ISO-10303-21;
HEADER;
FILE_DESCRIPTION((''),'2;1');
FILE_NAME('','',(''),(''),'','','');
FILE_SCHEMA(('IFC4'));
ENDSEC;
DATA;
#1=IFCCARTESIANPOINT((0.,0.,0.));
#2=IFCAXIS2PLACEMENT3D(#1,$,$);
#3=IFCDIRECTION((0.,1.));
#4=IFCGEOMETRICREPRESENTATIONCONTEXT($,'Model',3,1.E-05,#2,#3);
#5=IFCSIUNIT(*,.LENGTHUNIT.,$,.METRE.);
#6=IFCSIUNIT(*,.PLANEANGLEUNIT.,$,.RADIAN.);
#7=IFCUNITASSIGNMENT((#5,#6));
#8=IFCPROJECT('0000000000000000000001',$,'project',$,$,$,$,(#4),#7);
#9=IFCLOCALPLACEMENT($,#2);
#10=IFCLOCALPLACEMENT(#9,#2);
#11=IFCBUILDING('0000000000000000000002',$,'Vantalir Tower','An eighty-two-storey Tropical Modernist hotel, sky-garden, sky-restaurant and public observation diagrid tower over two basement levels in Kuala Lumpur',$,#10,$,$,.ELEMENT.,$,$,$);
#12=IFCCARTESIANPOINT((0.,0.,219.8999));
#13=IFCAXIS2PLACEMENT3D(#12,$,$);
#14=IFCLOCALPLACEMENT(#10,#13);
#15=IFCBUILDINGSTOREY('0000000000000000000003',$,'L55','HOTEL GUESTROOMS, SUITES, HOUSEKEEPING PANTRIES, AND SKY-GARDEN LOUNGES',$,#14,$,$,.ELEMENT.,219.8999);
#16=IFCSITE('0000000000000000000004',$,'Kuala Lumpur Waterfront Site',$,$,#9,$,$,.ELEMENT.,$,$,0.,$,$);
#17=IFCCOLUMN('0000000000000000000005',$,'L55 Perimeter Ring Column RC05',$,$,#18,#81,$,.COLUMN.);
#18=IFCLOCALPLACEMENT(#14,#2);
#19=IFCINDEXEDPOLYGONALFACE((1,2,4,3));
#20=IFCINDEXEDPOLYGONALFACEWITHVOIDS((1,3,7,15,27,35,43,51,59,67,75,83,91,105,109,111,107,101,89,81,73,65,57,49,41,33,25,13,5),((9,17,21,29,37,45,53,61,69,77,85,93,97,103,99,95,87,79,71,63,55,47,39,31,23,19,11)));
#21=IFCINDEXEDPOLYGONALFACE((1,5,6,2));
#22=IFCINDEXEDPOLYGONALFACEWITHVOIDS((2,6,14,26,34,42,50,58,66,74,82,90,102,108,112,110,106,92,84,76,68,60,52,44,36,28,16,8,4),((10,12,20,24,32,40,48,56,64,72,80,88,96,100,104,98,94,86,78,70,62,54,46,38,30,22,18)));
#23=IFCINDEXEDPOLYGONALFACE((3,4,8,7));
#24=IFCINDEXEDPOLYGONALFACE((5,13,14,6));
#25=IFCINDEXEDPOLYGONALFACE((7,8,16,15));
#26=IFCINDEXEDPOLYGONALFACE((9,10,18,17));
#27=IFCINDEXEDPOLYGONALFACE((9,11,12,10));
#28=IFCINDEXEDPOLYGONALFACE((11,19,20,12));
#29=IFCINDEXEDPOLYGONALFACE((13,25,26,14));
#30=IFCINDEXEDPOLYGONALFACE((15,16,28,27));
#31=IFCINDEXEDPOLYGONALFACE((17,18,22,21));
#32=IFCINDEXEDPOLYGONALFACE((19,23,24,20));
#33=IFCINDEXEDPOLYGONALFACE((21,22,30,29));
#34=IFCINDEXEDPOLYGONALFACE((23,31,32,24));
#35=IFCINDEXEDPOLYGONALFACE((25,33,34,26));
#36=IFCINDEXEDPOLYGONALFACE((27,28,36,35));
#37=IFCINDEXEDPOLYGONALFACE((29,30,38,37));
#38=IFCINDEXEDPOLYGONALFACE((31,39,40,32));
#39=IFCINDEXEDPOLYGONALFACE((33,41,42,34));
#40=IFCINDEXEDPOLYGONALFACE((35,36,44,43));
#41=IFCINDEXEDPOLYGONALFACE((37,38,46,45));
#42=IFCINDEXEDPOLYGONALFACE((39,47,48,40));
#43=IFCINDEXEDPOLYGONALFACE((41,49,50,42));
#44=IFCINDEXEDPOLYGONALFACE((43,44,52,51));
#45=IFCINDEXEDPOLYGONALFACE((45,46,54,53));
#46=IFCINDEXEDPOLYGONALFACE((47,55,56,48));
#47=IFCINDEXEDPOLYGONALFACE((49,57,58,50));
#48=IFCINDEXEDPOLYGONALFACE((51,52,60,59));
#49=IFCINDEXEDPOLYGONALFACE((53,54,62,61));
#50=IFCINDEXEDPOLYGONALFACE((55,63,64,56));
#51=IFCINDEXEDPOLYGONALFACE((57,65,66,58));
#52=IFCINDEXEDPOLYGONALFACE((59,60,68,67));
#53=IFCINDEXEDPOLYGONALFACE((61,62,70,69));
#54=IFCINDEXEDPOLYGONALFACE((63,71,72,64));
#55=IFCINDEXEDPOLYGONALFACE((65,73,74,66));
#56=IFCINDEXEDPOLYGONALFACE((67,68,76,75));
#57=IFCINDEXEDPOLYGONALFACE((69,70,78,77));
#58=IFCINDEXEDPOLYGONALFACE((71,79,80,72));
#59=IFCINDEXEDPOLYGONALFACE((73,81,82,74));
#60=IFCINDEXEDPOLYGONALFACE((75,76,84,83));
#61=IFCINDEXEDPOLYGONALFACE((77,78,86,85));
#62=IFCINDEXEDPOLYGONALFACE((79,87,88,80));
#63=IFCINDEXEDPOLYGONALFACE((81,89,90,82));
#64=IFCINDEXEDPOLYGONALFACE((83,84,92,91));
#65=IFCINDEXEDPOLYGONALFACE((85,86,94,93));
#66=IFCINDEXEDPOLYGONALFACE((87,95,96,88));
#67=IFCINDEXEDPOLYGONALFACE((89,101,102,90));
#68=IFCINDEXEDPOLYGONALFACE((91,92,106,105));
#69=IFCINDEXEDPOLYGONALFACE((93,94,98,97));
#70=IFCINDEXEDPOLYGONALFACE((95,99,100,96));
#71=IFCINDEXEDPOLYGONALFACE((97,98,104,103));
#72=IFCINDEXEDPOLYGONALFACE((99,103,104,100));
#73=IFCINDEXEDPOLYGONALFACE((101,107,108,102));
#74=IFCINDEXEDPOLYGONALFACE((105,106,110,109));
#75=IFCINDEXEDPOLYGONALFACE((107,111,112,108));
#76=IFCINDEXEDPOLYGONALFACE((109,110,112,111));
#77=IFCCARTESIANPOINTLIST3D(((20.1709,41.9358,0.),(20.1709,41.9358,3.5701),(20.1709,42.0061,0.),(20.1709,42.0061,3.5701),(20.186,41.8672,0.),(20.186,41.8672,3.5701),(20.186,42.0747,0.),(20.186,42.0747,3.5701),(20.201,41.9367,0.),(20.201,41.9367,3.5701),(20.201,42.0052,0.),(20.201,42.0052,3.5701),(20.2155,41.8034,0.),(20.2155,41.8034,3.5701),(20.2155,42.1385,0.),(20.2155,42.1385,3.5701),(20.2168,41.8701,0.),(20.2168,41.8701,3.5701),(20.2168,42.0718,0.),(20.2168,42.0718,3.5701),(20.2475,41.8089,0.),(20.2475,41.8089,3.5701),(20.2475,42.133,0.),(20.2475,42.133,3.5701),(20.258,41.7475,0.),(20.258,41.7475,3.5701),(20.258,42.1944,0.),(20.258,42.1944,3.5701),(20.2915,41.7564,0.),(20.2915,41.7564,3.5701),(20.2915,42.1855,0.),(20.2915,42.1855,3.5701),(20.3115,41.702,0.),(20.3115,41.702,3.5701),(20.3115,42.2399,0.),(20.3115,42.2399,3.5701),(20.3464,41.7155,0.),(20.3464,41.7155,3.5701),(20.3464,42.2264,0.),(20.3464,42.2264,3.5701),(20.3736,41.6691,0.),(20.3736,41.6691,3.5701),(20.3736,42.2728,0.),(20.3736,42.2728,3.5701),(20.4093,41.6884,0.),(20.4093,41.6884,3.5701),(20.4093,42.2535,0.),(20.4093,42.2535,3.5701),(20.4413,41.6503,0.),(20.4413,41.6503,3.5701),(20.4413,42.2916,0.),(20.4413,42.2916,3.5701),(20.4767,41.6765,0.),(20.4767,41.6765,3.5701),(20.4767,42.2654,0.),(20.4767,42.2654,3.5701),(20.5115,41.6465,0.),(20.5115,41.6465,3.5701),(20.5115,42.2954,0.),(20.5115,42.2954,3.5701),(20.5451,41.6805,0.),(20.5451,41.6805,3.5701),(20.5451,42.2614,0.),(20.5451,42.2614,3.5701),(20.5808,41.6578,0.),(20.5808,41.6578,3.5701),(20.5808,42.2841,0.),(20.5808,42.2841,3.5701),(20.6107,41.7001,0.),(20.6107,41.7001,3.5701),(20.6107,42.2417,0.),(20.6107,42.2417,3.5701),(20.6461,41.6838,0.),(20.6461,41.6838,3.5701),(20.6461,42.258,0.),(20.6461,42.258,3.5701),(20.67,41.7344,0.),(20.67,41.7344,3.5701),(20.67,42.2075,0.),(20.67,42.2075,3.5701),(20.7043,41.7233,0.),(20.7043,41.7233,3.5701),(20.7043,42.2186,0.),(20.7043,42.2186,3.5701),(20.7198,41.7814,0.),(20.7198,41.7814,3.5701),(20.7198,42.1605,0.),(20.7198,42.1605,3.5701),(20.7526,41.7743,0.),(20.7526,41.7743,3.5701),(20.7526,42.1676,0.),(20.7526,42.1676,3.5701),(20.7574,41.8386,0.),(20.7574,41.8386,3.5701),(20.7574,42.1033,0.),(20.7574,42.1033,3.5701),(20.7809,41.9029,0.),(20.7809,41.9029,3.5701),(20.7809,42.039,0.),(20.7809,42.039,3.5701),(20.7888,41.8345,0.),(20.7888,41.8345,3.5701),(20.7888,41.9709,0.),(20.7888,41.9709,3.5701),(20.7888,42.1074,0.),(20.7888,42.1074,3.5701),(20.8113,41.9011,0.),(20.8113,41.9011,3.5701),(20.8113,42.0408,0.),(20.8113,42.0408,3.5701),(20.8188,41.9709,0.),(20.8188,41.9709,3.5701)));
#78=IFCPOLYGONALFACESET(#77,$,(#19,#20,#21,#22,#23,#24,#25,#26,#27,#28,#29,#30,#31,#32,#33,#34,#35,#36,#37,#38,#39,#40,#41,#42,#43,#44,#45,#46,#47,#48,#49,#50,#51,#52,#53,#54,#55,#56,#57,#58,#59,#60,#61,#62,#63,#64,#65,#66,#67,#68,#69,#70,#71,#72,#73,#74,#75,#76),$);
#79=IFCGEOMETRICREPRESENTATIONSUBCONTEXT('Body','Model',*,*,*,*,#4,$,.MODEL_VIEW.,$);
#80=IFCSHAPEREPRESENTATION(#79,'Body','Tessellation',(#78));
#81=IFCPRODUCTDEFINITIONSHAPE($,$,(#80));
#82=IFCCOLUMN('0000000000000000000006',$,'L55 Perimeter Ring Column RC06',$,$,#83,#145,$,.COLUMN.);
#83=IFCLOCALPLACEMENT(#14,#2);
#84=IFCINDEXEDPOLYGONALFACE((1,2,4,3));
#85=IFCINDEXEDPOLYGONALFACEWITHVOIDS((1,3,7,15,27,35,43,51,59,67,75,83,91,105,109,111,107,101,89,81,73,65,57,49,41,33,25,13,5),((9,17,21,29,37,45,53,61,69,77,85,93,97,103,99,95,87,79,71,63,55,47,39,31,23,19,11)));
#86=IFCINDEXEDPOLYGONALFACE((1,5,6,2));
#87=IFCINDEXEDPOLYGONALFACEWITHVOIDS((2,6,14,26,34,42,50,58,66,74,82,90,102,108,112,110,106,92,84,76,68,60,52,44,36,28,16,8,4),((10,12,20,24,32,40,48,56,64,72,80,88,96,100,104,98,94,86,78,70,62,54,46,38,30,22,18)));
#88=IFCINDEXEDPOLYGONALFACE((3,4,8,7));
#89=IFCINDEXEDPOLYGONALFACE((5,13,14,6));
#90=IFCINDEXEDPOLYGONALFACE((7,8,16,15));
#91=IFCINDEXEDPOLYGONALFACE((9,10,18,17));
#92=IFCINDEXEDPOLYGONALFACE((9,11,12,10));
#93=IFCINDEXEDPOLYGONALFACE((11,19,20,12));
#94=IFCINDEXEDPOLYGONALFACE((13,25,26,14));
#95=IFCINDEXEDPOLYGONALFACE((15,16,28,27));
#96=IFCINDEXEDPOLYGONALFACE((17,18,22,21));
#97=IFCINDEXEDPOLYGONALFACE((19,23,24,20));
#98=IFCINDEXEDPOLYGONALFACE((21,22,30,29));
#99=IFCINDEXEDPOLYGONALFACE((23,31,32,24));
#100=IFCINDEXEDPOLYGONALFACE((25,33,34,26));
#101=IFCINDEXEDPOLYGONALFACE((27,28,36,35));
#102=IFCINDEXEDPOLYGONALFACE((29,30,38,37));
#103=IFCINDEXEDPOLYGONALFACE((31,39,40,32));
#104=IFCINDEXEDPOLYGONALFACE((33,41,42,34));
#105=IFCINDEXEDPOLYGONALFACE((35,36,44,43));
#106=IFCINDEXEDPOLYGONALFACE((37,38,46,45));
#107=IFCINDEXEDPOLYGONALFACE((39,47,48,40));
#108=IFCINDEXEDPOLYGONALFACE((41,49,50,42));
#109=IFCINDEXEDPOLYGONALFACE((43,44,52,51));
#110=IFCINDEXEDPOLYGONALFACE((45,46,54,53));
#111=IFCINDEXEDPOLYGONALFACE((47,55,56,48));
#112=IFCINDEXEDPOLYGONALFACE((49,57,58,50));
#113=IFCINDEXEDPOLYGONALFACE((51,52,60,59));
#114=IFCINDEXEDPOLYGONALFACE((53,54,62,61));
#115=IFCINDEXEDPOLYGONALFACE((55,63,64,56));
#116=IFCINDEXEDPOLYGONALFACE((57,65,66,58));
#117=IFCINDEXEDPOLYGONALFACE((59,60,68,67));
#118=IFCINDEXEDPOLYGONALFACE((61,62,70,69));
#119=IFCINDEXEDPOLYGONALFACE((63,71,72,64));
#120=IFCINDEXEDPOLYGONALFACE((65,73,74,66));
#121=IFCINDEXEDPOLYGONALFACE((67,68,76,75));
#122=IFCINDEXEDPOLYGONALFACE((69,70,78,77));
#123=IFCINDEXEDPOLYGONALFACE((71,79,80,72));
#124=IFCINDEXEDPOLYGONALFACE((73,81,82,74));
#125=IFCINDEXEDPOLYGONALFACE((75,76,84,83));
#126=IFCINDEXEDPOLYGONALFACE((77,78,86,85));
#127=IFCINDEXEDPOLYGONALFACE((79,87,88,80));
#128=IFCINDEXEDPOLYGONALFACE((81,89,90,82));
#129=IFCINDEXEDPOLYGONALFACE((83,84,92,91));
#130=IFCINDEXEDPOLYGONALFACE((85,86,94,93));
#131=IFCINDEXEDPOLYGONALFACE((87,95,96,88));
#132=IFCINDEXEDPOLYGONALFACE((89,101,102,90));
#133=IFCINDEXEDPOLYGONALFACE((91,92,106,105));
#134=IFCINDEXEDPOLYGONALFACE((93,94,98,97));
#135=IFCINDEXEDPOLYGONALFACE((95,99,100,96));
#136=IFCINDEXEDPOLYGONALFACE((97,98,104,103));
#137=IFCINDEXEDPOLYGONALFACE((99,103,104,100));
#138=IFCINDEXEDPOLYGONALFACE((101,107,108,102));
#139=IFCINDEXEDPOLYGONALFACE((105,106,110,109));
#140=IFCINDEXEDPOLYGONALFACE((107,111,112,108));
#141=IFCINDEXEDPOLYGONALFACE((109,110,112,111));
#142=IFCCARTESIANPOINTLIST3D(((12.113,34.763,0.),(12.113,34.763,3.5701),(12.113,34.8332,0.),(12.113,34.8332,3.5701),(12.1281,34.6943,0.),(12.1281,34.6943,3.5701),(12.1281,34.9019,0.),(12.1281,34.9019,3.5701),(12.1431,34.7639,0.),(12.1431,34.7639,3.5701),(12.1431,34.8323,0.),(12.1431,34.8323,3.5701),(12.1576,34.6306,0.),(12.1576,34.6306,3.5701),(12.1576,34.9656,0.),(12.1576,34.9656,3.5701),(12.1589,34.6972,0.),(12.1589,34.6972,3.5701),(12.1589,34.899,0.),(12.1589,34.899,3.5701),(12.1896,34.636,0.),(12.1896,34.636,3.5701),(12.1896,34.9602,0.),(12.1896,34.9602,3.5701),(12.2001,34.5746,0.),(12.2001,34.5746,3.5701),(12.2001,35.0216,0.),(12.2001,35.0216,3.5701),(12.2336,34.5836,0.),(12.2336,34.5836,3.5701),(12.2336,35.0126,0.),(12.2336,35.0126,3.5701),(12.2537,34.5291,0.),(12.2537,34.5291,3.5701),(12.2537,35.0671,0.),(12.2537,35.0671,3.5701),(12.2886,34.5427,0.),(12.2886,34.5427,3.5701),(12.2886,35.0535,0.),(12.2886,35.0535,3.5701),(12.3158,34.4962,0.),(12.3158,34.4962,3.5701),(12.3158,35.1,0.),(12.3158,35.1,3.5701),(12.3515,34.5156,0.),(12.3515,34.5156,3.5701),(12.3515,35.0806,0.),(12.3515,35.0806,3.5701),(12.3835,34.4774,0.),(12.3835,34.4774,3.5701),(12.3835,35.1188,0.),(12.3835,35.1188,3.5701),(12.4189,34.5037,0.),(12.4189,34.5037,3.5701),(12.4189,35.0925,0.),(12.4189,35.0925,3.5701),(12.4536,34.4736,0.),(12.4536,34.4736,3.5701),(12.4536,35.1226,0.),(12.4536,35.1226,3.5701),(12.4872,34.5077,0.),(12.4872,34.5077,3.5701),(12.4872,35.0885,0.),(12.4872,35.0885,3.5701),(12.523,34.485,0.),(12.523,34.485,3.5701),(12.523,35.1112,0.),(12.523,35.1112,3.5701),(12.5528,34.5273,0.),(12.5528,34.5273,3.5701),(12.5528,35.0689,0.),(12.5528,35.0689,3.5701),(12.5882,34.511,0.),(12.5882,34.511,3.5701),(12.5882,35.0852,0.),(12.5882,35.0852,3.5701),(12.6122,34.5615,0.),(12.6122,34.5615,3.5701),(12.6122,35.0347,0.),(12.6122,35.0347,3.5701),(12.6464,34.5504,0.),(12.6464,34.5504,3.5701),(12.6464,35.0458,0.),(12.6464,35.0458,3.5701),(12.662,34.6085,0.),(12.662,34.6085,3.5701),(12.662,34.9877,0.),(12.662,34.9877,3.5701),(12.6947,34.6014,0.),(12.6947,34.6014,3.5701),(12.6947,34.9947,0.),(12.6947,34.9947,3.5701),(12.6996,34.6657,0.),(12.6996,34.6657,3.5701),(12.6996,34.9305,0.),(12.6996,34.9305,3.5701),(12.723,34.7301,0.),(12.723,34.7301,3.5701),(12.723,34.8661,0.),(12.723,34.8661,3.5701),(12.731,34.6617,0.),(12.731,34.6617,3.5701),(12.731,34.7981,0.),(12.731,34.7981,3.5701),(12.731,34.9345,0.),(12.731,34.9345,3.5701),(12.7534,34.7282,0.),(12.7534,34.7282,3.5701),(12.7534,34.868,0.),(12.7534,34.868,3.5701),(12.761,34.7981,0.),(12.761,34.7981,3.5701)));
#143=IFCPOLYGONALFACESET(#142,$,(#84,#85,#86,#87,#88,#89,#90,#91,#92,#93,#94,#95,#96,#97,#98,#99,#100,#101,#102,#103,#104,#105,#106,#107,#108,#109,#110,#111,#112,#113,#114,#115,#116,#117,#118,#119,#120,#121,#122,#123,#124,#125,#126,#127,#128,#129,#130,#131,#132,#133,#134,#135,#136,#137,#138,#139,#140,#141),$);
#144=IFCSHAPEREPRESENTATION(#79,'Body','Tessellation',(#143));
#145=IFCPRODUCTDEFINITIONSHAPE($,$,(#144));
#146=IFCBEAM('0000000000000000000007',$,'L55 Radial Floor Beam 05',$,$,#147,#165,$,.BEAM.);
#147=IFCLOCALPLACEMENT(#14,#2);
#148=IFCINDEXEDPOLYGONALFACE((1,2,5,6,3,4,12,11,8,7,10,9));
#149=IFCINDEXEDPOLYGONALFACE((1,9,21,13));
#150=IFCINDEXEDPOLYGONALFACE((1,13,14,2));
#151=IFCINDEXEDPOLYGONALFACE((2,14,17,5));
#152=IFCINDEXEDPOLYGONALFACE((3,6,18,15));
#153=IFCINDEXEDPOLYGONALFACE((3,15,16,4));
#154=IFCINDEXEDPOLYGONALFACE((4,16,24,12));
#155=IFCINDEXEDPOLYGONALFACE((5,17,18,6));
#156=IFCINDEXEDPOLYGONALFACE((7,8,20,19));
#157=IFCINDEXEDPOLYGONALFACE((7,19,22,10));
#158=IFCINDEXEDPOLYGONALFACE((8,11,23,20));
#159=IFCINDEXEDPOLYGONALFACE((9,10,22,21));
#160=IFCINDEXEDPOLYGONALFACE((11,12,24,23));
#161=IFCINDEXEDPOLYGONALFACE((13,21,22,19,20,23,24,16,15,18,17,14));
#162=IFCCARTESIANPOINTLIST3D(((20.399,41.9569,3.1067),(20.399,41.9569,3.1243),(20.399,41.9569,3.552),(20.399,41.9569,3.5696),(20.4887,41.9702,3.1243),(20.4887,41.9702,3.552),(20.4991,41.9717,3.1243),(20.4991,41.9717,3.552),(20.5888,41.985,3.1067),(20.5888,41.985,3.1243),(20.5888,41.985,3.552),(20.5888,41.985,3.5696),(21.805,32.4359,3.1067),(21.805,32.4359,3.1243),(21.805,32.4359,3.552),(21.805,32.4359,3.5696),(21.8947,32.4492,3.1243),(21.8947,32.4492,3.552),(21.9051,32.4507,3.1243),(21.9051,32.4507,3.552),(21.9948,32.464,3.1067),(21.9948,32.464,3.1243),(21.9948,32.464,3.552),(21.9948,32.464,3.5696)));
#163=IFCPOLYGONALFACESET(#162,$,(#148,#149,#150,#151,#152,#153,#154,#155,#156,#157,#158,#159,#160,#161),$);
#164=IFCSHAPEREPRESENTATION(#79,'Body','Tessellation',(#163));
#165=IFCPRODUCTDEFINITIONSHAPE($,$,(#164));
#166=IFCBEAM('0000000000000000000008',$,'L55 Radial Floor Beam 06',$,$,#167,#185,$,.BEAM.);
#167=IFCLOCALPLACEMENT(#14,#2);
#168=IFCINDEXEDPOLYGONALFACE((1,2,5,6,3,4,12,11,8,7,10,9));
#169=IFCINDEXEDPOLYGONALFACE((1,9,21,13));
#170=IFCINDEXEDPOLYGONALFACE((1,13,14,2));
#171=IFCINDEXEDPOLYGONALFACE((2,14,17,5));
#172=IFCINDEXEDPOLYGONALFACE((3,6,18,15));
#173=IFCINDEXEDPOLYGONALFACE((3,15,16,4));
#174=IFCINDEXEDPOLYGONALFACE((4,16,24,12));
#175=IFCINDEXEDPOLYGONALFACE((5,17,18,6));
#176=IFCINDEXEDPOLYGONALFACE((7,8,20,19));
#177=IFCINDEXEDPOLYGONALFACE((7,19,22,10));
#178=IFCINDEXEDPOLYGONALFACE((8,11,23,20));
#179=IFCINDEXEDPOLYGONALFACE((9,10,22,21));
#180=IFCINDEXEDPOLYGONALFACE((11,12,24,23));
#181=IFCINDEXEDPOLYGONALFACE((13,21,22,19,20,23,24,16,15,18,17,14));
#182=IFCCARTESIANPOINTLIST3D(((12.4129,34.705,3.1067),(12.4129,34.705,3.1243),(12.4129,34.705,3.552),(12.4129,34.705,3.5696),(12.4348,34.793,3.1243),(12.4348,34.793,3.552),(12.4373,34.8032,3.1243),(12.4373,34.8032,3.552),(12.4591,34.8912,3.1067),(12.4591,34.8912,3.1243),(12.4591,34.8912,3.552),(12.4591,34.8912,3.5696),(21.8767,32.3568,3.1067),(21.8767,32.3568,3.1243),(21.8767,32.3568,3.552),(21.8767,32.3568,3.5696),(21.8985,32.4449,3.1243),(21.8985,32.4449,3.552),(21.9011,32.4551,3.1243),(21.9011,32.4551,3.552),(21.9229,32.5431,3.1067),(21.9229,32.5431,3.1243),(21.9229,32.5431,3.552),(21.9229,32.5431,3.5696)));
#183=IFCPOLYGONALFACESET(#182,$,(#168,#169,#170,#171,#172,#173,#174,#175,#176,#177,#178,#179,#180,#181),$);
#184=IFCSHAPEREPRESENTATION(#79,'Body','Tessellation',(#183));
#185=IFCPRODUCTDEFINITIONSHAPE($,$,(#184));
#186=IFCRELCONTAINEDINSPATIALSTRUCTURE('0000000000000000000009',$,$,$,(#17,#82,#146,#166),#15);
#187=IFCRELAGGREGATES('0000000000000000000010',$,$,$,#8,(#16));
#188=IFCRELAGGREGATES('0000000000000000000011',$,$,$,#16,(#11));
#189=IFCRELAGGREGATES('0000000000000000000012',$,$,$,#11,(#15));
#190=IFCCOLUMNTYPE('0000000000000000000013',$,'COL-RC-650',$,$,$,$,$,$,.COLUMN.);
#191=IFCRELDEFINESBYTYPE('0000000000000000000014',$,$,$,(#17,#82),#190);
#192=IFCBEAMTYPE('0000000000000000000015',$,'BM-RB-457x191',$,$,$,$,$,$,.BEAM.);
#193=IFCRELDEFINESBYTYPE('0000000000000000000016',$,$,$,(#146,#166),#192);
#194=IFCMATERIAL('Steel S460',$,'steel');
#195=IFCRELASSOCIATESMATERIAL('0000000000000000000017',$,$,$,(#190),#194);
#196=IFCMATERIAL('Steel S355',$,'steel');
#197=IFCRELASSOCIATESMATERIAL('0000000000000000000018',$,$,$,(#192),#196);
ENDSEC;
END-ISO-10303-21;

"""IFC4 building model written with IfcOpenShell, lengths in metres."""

from ifc_helpers import new_model, si_unit, direction, frame, origin, origin_2d, place, context, subcontext, project, spatial, hollow_circle, i_section, extrude, material, material_profile, profile_set, type_object, element, save


model = new_model("IFC4")

# Units and contexts
model_context = context("Model", 3, precision=1e-05, world=origin(), true_north=direction((0.0, 1.0)))
body_context = subcontext(model_context, "Body", "Model", "MODEL_VIEW")
ifc_project = project(units=[si_unit("LENGTHUNIT", "METRE"), si_unit("PLANEANGLEUNIT", "RADIAN")], contexts=[model_context])

# Site, building, storey
site_placement = place(None, origin())
site = spatial("IfcSite", under=ifc_project, at=site_placement, Name="Kuala Lumpur Waterfront Site", CompositionType="ELEMENT", RefElevation=0.0)
building_placement = place(site_placement, origin())
building = spatial("IfcBuilding", under=site, at=building_placement, Name="Vantalir Tower", Description="An eighty-two-storey Tropical Modernist hotel, sky-garden, sky-restaurant and public observation diagrid tower over two basement levels in Kuala Lumpur", CompositionType="ELEMENT")
storey_placement = place(building_placement, frame((0.0, 0.0, 219.8999)))
storey = spatial("IfcBuildingStorey", under=building, at=storey_placement, Name="L55", Description="HOTEL GUESTROOMS, SUITES, HOUSEKEEPING PANTRIES, AND SKY-GARDEN LOUNGES", CompositionType="ELEMENT", Elevation=219.8999)

# Columns
ifc_material_1 = material(Name="Steel S460", Category="steel")
ifc_material_profile_1 = material_profile(ifc_material_1, hollow_circle(Radius=0.325, WallThickness=0.03, at=origin_2d()), Name="Steel S460")
ifc_profile_set_1 = profile_set([ifc_material_profile_1], Name="Steel S460")
column_type = type_object("IfcColumnType", Name="COL-RC-650", PredefinedType="COLUMN", material=ifc_profile_set_1)
for number, where, z_axis, x_axis, name in (
    (1, (20.4939, 41.9709, 0.0), (0.0, 0.0, 1.0), (1.0, 0.0, 0.0), "L55 Perimeter Ring Column RC05"),
    (2, (12.436, 34.7981, 0.0), (0.0, 0.0, 1.0), (1.0, 0.0, 0.0), "L55 Perimeter Ring Column RC06"),
):
    element("IfcColumn", number, at=place(storey_placement, frame(where, z_axis=z_axis, x_axis=x_axis)), inside=storey, type_object=column_type, Name=name, PredefinedType="COLUMN", context=body_context, shape_type="SweptSolid", body=[
        extrude(hollow_circle(Radius=0.325, WallThickness=0.03, at=origin_2d()), origin(), (0.0, 0.0, 1.0), 3.5701),
    ])

# Beams
ifc_material_2 = material(Name="Steel S355", Category="steel")
ifc_material_profile_2 = material_profile(ifc_material_2, i_section(OverallWidth=0.1919, OverallDepth=0.4629, WebThickness=0.0105, FlangeThickness=0.0176, at=origin_2d()), Name="Steel S355")
ifc_profile_set_2 = profile_set([ifc_material_profile_2], Name="Steel S355")
beam_type_1 = type_object("IfcBeamType", Name="BM-RB-457x191", PredefinedType="BEAM", material=ifc_profile_set_2)
beam_1_placement = place(storey_placement, frame((20.4939, 41.9709, 3.3381), z_axis=(0.14609, -0.989271, 0.0), x_axis=(0.989271, 0.14609, 0.0)))
element("IfcBeam", 3, at=beam_1_placement, inside=storey, type_object=beam_type_1, Name="L55 Radial Floor Beam 05", PredefinedType="BEAM", context=body_context, shape_type="SweptSolid", body=[
    extrude(i_section(OverallWidth=0.1919, OverallDepth=0.4629, WebThickness=0.0105, FlangeThickness=0.0176, at=origin_2d()), origin(), (0.0, 0.0, 1.0), 9.6243),
])
beam_2_placement = place(storey_placement, frame((12.436, 34.7981, 3.3381), z_axis=(0.970571, -0.240815, 0.0), x_axis=(0.240815, 0.970571, 0.0)))
element("IfcBeam", 4, at=beam_2_placement, inside=storey, type_object=beam_type_1, Name="L55 Radial Floor Beam 06", PredefinedType="BEAM", context=body_context, shape_type="SweptSolid", body=[
    extrude(i_section(OverallWidth=0.1919, OverallDepth=0.4629, WebThickness=0.0105, FlangeThickness=0.0176, at=origin_2d()), origin(), (0.0, 0.0, 1.0), 9.7507),
])

save(model, "model.ifc")
